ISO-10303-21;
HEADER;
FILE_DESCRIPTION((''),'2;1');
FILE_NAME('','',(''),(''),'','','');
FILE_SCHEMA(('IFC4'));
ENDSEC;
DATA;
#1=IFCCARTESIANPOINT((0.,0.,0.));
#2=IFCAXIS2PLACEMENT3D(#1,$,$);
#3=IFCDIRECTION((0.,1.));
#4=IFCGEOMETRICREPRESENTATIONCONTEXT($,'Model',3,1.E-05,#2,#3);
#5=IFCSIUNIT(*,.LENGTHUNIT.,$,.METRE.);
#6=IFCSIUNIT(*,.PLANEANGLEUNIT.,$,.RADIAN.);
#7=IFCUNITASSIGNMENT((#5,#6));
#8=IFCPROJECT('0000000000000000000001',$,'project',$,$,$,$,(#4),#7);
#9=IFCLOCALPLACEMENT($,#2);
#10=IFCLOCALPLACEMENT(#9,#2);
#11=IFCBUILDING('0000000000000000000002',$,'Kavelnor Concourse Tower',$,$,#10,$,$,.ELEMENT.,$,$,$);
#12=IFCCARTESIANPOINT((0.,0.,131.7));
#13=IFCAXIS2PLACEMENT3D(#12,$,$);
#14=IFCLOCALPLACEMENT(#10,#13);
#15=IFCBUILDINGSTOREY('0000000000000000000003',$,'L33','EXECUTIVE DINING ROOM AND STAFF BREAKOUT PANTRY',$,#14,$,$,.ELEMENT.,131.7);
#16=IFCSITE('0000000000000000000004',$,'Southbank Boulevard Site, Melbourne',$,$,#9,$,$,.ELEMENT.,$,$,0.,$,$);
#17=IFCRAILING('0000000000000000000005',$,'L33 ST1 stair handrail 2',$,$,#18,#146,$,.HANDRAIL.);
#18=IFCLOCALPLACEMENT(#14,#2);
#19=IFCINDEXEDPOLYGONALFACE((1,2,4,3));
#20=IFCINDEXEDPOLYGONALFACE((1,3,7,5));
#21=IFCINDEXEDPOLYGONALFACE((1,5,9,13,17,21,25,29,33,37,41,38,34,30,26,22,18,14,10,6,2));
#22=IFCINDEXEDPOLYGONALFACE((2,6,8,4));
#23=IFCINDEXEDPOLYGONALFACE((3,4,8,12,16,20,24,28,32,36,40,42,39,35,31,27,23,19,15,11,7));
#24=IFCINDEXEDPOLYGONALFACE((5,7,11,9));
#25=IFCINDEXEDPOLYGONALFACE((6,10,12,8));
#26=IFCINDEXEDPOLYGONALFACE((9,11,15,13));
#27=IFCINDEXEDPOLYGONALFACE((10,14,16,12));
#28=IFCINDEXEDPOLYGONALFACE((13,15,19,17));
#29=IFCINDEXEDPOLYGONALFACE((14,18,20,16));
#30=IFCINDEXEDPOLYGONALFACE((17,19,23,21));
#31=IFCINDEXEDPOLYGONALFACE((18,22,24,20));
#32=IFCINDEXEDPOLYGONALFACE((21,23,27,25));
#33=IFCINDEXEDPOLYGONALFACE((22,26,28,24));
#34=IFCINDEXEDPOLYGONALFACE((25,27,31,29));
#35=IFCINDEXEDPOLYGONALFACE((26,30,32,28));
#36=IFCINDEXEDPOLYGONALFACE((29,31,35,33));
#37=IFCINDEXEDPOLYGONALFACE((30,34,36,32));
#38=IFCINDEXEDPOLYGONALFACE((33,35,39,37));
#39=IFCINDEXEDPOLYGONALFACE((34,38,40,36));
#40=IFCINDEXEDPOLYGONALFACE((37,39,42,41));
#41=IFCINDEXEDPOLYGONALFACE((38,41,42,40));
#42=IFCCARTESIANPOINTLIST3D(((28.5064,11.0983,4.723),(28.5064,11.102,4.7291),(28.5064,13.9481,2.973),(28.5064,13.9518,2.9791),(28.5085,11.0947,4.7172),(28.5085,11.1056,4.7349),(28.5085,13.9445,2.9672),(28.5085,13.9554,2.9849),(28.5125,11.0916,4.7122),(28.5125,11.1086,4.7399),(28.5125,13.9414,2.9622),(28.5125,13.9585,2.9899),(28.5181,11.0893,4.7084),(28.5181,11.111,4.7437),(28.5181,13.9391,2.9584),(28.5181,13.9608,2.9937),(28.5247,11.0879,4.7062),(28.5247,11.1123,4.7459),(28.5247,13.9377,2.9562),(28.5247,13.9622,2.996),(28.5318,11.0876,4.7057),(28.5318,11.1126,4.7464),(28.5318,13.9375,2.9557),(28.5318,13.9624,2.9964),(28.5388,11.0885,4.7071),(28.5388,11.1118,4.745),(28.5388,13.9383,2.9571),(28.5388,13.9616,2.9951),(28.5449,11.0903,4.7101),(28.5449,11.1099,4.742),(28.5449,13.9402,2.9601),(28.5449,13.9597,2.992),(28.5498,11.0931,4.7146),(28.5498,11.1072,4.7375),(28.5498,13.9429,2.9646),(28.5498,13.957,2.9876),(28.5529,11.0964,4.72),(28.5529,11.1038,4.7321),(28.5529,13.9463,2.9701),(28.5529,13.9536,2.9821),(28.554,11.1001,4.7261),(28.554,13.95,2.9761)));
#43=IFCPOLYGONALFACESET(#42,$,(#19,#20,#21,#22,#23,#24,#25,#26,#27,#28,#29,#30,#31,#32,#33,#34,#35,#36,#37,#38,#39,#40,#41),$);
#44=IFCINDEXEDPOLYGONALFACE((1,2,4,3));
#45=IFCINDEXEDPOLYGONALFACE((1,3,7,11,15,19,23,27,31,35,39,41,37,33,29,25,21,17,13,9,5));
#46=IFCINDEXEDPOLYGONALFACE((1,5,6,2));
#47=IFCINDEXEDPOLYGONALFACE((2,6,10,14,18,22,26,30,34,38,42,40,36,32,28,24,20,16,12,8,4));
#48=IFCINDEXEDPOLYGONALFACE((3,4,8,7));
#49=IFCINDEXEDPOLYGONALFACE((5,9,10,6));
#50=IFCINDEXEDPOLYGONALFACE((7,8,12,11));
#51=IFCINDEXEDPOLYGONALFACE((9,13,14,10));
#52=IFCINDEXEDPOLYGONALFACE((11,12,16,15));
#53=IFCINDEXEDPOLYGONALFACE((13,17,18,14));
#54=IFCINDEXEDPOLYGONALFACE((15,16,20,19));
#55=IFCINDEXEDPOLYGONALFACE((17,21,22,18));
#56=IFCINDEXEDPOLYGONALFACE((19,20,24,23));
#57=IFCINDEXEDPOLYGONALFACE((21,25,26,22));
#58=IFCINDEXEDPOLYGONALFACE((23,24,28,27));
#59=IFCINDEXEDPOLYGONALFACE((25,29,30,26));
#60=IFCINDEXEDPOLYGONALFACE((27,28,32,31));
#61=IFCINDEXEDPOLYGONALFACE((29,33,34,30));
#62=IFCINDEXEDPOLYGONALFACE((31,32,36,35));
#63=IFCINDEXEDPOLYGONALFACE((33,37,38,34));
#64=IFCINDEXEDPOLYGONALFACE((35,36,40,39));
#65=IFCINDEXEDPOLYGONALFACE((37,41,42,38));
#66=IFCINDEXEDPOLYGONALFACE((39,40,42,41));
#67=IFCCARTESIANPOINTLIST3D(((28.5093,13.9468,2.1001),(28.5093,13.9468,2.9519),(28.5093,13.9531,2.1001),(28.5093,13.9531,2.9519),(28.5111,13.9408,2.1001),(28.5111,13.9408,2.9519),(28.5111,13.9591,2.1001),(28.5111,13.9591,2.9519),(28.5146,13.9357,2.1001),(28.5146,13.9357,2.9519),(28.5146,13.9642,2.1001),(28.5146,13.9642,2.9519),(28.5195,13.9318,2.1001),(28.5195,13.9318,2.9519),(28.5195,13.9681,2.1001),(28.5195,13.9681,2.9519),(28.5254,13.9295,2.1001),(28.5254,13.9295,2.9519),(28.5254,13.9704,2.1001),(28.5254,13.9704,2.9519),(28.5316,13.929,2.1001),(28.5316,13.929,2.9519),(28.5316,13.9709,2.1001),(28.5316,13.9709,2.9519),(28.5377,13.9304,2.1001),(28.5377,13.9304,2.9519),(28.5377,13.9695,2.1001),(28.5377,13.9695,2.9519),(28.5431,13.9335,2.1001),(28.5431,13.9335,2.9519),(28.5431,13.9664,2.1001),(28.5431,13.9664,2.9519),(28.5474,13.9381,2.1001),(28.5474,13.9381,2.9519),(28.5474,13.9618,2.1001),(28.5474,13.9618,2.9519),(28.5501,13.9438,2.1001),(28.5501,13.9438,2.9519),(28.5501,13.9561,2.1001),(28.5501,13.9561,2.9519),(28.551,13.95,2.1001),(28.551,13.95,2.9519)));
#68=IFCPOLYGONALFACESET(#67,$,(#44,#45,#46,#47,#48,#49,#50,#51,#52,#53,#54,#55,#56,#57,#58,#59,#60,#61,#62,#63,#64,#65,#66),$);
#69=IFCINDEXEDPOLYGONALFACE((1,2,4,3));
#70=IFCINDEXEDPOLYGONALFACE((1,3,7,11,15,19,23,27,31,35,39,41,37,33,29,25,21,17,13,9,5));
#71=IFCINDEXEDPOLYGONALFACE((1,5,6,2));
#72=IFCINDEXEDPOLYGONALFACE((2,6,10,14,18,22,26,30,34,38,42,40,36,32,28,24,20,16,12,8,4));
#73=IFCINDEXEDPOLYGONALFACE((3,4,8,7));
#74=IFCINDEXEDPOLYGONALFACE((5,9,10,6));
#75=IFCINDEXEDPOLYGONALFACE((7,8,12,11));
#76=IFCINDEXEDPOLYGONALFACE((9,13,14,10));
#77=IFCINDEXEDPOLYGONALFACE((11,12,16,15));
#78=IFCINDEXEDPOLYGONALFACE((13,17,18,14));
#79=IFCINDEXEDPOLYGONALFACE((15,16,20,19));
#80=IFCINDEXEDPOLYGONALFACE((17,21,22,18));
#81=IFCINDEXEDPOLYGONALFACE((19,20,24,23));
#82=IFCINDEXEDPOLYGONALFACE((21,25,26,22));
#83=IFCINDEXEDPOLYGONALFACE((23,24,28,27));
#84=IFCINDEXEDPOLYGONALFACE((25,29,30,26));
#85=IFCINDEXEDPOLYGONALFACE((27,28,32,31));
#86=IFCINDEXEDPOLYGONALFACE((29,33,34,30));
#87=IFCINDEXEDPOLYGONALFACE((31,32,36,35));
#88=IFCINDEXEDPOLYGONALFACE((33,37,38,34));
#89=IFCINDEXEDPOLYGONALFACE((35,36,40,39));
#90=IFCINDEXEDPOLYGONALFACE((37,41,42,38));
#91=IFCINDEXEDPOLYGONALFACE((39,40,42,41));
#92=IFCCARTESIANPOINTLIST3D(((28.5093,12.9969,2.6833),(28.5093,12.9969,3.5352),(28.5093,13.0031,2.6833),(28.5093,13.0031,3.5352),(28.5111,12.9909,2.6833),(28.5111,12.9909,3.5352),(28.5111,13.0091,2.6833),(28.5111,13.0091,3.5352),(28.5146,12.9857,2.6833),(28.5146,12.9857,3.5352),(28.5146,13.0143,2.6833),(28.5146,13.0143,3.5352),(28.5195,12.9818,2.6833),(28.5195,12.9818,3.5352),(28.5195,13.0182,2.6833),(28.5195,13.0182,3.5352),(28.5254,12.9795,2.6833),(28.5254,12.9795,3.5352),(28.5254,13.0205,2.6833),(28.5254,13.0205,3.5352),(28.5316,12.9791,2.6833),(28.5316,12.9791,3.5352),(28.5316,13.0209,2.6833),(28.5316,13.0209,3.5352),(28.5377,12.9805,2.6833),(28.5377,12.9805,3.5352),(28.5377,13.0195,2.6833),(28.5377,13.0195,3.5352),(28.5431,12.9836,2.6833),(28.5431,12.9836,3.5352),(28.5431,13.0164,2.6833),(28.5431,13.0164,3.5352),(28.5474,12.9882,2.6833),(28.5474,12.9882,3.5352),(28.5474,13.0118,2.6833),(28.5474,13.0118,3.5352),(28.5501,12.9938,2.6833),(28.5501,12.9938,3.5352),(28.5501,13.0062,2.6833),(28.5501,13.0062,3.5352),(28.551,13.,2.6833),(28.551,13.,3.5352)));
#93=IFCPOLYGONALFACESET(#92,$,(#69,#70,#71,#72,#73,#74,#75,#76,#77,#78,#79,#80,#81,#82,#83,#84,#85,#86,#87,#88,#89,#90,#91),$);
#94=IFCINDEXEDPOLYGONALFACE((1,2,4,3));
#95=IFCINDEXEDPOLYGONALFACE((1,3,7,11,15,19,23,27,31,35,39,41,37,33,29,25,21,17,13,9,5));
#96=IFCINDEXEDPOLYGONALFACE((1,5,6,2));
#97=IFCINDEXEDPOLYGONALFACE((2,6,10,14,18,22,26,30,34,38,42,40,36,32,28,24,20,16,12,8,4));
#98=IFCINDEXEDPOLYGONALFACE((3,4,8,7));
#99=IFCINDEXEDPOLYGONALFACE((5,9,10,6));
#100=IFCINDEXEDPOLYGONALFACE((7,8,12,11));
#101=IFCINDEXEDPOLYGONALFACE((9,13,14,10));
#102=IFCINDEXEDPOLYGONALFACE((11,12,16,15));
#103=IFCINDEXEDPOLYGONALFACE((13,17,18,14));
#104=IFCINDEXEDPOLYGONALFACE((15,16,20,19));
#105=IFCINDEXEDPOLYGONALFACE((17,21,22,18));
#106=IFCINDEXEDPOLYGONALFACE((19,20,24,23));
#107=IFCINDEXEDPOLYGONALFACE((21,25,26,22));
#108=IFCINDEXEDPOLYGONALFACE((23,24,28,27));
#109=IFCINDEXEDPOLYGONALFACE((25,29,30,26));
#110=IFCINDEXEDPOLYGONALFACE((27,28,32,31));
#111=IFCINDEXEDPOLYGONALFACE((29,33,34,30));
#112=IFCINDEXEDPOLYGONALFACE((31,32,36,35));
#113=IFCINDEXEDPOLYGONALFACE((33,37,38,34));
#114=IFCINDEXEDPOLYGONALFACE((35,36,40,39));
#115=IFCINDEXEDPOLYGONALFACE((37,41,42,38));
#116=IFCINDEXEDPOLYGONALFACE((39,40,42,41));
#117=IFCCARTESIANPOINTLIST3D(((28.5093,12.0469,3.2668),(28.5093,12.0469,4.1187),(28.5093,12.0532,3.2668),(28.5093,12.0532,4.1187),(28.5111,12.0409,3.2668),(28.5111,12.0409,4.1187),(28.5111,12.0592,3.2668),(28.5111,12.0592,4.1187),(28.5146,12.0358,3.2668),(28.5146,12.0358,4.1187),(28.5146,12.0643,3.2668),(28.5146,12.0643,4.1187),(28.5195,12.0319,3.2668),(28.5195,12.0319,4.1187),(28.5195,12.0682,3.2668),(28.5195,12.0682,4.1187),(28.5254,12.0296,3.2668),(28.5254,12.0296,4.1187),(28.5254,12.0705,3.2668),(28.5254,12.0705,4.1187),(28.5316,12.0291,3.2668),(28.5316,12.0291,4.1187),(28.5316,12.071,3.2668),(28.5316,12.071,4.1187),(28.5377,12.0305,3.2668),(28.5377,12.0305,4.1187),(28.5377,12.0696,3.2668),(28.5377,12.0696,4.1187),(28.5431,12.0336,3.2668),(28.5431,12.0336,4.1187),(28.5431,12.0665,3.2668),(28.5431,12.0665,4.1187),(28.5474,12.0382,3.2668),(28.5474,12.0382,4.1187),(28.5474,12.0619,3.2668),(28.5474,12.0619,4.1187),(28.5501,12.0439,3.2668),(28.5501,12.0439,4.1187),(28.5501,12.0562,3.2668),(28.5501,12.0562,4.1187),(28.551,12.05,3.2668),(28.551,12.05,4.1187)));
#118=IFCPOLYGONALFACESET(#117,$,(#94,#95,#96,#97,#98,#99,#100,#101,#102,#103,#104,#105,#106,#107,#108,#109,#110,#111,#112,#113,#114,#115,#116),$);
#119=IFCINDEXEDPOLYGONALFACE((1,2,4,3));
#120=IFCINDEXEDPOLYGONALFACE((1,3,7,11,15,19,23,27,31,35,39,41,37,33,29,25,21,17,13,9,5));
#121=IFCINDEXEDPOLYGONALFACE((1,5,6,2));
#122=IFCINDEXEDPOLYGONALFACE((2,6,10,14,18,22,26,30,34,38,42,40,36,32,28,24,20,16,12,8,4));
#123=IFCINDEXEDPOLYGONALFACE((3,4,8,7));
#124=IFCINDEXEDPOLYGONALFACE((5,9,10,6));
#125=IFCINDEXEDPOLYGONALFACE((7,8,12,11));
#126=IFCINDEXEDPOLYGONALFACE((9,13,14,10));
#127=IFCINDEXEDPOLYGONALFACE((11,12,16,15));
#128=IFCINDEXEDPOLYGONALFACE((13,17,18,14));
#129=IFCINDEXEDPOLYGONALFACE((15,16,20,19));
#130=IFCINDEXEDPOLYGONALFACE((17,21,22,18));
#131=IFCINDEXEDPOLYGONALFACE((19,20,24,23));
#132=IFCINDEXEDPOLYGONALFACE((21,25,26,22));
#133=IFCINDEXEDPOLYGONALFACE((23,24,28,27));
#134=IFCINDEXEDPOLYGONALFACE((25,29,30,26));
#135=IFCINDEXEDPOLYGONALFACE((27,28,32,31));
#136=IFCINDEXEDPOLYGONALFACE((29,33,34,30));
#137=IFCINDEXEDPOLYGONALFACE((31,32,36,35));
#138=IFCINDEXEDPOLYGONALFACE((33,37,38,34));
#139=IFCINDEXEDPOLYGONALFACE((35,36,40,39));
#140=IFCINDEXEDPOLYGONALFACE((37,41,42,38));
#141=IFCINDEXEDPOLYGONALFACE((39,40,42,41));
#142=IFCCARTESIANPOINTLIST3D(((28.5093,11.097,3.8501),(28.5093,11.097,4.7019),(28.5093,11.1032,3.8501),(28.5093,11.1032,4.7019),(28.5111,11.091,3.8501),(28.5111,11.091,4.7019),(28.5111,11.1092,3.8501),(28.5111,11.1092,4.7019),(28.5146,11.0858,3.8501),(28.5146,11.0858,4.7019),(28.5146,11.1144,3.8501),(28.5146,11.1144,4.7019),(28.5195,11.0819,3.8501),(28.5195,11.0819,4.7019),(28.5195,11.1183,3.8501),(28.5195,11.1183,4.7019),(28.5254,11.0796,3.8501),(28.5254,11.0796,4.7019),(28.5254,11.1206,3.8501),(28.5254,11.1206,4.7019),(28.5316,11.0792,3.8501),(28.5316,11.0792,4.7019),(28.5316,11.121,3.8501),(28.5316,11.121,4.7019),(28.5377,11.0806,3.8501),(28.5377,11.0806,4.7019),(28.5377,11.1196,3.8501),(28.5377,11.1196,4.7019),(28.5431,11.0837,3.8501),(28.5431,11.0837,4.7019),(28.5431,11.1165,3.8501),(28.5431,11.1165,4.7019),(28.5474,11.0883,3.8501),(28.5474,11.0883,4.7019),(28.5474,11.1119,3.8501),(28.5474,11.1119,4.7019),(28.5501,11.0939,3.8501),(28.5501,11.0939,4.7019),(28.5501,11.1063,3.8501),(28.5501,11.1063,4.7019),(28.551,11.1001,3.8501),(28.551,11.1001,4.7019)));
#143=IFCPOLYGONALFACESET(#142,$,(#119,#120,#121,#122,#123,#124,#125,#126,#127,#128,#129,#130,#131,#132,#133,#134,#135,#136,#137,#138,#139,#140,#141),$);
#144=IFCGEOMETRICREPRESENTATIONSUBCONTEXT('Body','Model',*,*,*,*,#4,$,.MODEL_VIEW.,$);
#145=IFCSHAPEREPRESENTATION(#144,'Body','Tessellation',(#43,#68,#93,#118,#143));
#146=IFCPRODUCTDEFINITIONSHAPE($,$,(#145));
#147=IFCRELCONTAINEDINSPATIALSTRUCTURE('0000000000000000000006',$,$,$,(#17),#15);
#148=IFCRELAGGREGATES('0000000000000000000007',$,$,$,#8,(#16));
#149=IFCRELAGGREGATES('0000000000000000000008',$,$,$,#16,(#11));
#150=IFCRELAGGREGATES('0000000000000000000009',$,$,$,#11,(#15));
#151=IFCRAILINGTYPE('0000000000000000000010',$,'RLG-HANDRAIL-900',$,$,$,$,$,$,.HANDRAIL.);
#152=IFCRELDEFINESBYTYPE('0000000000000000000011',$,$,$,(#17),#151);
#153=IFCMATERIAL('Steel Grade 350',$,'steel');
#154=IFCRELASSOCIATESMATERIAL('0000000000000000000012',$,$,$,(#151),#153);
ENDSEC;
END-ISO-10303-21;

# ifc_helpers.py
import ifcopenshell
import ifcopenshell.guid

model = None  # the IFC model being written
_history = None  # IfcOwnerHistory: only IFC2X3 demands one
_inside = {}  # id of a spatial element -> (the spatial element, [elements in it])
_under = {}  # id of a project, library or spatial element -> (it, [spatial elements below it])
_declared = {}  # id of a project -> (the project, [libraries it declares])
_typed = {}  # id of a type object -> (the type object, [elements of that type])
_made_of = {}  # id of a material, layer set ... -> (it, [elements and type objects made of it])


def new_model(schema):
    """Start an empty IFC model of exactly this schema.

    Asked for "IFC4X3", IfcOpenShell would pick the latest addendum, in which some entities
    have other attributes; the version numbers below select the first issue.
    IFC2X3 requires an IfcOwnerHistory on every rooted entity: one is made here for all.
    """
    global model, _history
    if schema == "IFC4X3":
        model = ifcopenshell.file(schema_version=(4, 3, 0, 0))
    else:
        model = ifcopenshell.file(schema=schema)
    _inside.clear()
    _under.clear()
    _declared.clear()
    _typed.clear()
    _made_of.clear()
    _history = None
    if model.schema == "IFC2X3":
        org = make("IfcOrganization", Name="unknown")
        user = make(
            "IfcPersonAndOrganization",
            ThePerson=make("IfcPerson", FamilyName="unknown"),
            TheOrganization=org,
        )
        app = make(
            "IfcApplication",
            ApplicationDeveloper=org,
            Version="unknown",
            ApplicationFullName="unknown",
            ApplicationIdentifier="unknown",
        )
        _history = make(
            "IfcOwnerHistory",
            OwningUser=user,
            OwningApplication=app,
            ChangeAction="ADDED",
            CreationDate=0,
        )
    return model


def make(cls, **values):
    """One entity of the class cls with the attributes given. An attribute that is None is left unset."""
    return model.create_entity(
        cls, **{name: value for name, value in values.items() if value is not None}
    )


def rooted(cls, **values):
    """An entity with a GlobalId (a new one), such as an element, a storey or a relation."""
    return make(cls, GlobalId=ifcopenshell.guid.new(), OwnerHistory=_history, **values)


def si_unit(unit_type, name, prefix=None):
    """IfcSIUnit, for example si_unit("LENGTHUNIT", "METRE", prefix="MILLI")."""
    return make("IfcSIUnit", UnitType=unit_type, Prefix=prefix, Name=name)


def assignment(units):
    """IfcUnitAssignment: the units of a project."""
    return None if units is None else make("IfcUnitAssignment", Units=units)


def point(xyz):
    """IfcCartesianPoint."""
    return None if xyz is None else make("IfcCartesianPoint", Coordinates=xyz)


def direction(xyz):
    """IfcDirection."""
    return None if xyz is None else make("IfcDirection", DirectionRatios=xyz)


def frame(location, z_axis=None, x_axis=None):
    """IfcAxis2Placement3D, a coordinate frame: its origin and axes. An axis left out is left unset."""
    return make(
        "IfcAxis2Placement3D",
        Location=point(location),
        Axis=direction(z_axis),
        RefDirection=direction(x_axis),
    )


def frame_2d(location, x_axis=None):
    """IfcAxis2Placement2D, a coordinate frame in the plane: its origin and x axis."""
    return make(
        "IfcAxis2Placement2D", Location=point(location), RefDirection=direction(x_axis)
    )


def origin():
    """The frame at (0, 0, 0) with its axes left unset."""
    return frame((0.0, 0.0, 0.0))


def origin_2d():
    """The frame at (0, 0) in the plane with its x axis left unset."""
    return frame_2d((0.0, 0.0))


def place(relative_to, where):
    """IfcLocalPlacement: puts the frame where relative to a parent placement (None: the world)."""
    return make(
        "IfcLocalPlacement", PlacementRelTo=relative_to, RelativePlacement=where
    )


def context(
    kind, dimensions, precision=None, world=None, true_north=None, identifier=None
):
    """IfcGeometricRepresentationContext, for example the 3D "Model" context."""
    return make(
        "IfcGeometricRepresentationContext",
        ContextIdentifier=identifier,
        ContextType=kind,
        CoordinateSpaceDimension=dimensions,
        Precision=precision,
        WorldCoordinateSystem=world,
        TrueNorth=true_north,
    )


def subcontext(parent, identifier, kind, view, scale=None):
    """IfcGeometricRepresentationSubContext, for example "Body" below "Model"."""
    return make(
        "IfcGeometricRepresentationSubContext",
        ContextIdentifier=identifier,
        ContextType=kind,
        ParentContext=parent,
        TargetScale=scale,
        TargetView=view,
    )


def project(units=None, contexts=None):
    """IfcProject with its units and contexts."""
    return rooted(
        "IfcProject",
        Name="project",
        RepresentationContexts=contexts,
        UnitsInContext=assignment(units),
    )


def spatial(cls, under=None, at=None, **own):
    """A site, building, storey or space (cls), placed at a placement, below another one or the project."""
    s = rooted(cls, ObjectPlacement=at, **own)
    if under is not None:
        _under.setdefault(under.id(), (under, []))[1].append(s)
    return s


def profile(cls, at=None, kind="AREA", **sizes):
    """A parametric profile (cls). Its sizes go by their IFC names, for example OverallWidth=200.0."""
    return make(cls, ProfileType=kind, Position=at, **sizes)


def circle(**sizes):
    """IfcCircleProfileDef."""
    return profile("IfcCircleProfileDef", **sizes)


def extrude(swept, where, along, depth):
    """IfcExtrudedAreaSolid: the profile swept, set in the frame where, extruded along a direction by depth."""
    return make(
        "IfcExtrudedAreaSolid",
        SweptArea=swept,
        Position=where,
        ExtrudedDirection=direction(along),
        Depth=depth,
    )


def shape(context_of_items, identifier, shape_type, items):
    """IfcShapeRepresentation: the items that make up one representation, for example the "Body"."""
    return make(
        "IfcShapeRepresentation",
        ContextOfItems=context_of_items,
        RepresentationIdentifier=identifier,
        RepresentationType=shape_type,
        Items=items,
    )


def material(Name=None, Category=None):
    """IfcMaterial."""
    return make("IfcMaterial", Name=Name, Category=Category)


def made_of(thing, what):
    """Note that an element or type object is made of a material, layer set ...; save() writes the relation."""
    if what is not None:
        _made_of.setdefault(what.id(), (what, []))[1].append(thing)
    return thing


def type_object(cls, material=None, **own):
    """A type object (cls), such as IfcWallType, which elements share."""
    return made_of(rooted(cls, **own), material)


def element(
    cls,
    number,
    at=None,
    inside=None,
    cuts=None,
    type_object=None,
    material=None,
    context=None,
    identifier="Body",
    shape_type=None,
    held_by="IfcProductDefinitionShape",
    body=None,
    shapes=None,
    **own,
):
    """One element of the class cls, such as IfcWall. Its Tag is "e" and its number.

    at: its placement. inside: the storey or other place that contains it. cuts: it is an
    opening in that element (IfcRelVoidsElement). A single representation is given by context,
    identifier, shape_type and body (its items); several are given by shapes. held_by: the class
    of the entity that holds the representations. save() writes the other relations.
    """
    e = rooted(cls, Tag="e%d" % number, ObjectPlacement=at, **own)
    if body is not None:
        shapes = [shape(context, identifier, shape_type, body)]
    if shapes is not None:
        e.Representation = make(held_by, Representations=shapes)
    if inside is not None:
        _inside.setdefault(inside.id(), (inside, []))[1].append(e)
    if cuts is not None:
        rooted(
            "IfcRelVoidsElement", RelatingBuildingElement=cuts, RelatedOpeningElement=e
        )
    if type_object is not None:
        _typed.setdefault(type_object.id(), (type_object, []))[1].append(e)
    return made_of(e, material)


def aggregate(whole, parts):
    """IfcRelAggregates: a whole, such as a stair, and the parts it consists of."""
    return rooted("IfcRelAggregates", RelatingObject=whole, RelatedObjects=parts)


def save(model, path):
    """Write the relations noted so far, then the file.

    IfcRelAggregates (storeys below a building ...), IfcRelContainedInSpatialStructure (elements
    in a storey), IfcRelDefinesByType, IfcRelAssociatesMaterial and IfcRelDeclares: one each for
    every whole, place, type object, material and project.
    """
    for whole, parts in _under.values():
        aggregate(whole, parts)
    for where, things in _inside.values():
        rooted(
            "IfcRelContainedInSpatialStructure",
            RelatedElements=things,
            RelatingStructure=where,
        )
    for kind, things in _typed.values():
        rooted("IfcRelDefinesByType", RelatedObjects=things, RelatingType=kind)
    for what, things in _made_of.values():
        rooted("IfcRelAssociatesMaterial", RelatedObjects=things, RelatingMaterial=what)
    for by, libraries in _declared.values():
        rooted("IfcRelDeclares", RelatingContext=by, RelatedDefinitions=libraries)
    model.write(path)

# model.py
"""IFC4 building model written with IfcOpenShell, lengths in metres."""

from ifc_helpers import new_model, si_unit, direction, frame, origin, origin_2d, place, context, subcontext, project, spatial, circle, extrude, material, type_object, element, save


model = new_model("IFC4")

# Units and contexts
model_context = context("Model", 3, precision=1e-05, world=origin(), true_north=direction((0.0, 1.0)))
body_context = subcontext(model_context, "Body", "Model", "MODEL_VIEW")
ifc_project = project(units=[si_unit("LENGTHUNIT", "METRE"), si_unit("PLANEANGLEUNIT", "RADIAN")], contexts=[model_context])

# Site, building, storey
site_placement = place(None, origin())
site = spatial("IfcSite", under=ifc_project, at=site_placement, Name="Southbank Boulevard Site, Melbourne", CompositionType="ELEMENT", RefElevation=0.0)
building_placement = place(site_placement, origin())
building = spatial("IfcBuilding", under=site, at=building_placement, Name="Kavelnor Concourse Tower", CompositionType="ELEMENT")
storey_placement = place(building_placement, frame((0.0, 0.0, 131.7)))
storey = spatial("IfcBuildingStorey", under=building, at=storey_placement, Name="L33", Description="EXECUTIVE DINING ROOM AND STAFF BREAKOUT PANTRY", CompositionType="ELEMENT", Elevation=131.7)

# Shared definitions
ifc_material_1 = material(Name="Steel Grade 350", Category="steel")

# Railing
railing_type_1 = type_object("IfcRailingType", Name="RLG-HANDRAIL-900", PredefinedType="HANDRAIL", material=ifc_material_1)
railing_1_placement = place(storey_placement, frame((28.53, 13.95, 2.1001)))
element("IfcRailing", 1, at=railing_1_placement, inside=storey, type_object=railing_type_1, Name="L33 ST1 stair handrail 2", PredefinedType="HANDRAIL", context=body_context, shape_type="SweptSolid", body=[
    extrude(circle(Radius=0.0239, at=origin_2d()), frame((0.0, 0.0, 0.876), z_axis=(0.0, -0.852159, 0.523283), x_axis=(1.0, 0.0, 0.0)), (0.0, 0.0, 1.0), 3.3442),
    extrude(circle(Radius=0.021, at=origin_2d()), origin(), (0.0, 0.0, 1.0), 0.8518),
    extrude(circle(Radius=0.021, at=origin_2d()), frame((0.0, -0.95, 0.5833)), (0.0, 0.0, 1.0), 0.8518),
    extrude(circle(Radius=0.021, at=origin_2d()), frame((0.0, -1.8999, 1.1667)), (0.0, 0.0, 1.0), 0.8518),
    extrude(circle(Radius=0.021, at=origin_2d()), frame((0.0, -2.8499, 1.75)), (0.0, 0.0, 1.0), 0.8518),
])

save(model, "model.ifc")
